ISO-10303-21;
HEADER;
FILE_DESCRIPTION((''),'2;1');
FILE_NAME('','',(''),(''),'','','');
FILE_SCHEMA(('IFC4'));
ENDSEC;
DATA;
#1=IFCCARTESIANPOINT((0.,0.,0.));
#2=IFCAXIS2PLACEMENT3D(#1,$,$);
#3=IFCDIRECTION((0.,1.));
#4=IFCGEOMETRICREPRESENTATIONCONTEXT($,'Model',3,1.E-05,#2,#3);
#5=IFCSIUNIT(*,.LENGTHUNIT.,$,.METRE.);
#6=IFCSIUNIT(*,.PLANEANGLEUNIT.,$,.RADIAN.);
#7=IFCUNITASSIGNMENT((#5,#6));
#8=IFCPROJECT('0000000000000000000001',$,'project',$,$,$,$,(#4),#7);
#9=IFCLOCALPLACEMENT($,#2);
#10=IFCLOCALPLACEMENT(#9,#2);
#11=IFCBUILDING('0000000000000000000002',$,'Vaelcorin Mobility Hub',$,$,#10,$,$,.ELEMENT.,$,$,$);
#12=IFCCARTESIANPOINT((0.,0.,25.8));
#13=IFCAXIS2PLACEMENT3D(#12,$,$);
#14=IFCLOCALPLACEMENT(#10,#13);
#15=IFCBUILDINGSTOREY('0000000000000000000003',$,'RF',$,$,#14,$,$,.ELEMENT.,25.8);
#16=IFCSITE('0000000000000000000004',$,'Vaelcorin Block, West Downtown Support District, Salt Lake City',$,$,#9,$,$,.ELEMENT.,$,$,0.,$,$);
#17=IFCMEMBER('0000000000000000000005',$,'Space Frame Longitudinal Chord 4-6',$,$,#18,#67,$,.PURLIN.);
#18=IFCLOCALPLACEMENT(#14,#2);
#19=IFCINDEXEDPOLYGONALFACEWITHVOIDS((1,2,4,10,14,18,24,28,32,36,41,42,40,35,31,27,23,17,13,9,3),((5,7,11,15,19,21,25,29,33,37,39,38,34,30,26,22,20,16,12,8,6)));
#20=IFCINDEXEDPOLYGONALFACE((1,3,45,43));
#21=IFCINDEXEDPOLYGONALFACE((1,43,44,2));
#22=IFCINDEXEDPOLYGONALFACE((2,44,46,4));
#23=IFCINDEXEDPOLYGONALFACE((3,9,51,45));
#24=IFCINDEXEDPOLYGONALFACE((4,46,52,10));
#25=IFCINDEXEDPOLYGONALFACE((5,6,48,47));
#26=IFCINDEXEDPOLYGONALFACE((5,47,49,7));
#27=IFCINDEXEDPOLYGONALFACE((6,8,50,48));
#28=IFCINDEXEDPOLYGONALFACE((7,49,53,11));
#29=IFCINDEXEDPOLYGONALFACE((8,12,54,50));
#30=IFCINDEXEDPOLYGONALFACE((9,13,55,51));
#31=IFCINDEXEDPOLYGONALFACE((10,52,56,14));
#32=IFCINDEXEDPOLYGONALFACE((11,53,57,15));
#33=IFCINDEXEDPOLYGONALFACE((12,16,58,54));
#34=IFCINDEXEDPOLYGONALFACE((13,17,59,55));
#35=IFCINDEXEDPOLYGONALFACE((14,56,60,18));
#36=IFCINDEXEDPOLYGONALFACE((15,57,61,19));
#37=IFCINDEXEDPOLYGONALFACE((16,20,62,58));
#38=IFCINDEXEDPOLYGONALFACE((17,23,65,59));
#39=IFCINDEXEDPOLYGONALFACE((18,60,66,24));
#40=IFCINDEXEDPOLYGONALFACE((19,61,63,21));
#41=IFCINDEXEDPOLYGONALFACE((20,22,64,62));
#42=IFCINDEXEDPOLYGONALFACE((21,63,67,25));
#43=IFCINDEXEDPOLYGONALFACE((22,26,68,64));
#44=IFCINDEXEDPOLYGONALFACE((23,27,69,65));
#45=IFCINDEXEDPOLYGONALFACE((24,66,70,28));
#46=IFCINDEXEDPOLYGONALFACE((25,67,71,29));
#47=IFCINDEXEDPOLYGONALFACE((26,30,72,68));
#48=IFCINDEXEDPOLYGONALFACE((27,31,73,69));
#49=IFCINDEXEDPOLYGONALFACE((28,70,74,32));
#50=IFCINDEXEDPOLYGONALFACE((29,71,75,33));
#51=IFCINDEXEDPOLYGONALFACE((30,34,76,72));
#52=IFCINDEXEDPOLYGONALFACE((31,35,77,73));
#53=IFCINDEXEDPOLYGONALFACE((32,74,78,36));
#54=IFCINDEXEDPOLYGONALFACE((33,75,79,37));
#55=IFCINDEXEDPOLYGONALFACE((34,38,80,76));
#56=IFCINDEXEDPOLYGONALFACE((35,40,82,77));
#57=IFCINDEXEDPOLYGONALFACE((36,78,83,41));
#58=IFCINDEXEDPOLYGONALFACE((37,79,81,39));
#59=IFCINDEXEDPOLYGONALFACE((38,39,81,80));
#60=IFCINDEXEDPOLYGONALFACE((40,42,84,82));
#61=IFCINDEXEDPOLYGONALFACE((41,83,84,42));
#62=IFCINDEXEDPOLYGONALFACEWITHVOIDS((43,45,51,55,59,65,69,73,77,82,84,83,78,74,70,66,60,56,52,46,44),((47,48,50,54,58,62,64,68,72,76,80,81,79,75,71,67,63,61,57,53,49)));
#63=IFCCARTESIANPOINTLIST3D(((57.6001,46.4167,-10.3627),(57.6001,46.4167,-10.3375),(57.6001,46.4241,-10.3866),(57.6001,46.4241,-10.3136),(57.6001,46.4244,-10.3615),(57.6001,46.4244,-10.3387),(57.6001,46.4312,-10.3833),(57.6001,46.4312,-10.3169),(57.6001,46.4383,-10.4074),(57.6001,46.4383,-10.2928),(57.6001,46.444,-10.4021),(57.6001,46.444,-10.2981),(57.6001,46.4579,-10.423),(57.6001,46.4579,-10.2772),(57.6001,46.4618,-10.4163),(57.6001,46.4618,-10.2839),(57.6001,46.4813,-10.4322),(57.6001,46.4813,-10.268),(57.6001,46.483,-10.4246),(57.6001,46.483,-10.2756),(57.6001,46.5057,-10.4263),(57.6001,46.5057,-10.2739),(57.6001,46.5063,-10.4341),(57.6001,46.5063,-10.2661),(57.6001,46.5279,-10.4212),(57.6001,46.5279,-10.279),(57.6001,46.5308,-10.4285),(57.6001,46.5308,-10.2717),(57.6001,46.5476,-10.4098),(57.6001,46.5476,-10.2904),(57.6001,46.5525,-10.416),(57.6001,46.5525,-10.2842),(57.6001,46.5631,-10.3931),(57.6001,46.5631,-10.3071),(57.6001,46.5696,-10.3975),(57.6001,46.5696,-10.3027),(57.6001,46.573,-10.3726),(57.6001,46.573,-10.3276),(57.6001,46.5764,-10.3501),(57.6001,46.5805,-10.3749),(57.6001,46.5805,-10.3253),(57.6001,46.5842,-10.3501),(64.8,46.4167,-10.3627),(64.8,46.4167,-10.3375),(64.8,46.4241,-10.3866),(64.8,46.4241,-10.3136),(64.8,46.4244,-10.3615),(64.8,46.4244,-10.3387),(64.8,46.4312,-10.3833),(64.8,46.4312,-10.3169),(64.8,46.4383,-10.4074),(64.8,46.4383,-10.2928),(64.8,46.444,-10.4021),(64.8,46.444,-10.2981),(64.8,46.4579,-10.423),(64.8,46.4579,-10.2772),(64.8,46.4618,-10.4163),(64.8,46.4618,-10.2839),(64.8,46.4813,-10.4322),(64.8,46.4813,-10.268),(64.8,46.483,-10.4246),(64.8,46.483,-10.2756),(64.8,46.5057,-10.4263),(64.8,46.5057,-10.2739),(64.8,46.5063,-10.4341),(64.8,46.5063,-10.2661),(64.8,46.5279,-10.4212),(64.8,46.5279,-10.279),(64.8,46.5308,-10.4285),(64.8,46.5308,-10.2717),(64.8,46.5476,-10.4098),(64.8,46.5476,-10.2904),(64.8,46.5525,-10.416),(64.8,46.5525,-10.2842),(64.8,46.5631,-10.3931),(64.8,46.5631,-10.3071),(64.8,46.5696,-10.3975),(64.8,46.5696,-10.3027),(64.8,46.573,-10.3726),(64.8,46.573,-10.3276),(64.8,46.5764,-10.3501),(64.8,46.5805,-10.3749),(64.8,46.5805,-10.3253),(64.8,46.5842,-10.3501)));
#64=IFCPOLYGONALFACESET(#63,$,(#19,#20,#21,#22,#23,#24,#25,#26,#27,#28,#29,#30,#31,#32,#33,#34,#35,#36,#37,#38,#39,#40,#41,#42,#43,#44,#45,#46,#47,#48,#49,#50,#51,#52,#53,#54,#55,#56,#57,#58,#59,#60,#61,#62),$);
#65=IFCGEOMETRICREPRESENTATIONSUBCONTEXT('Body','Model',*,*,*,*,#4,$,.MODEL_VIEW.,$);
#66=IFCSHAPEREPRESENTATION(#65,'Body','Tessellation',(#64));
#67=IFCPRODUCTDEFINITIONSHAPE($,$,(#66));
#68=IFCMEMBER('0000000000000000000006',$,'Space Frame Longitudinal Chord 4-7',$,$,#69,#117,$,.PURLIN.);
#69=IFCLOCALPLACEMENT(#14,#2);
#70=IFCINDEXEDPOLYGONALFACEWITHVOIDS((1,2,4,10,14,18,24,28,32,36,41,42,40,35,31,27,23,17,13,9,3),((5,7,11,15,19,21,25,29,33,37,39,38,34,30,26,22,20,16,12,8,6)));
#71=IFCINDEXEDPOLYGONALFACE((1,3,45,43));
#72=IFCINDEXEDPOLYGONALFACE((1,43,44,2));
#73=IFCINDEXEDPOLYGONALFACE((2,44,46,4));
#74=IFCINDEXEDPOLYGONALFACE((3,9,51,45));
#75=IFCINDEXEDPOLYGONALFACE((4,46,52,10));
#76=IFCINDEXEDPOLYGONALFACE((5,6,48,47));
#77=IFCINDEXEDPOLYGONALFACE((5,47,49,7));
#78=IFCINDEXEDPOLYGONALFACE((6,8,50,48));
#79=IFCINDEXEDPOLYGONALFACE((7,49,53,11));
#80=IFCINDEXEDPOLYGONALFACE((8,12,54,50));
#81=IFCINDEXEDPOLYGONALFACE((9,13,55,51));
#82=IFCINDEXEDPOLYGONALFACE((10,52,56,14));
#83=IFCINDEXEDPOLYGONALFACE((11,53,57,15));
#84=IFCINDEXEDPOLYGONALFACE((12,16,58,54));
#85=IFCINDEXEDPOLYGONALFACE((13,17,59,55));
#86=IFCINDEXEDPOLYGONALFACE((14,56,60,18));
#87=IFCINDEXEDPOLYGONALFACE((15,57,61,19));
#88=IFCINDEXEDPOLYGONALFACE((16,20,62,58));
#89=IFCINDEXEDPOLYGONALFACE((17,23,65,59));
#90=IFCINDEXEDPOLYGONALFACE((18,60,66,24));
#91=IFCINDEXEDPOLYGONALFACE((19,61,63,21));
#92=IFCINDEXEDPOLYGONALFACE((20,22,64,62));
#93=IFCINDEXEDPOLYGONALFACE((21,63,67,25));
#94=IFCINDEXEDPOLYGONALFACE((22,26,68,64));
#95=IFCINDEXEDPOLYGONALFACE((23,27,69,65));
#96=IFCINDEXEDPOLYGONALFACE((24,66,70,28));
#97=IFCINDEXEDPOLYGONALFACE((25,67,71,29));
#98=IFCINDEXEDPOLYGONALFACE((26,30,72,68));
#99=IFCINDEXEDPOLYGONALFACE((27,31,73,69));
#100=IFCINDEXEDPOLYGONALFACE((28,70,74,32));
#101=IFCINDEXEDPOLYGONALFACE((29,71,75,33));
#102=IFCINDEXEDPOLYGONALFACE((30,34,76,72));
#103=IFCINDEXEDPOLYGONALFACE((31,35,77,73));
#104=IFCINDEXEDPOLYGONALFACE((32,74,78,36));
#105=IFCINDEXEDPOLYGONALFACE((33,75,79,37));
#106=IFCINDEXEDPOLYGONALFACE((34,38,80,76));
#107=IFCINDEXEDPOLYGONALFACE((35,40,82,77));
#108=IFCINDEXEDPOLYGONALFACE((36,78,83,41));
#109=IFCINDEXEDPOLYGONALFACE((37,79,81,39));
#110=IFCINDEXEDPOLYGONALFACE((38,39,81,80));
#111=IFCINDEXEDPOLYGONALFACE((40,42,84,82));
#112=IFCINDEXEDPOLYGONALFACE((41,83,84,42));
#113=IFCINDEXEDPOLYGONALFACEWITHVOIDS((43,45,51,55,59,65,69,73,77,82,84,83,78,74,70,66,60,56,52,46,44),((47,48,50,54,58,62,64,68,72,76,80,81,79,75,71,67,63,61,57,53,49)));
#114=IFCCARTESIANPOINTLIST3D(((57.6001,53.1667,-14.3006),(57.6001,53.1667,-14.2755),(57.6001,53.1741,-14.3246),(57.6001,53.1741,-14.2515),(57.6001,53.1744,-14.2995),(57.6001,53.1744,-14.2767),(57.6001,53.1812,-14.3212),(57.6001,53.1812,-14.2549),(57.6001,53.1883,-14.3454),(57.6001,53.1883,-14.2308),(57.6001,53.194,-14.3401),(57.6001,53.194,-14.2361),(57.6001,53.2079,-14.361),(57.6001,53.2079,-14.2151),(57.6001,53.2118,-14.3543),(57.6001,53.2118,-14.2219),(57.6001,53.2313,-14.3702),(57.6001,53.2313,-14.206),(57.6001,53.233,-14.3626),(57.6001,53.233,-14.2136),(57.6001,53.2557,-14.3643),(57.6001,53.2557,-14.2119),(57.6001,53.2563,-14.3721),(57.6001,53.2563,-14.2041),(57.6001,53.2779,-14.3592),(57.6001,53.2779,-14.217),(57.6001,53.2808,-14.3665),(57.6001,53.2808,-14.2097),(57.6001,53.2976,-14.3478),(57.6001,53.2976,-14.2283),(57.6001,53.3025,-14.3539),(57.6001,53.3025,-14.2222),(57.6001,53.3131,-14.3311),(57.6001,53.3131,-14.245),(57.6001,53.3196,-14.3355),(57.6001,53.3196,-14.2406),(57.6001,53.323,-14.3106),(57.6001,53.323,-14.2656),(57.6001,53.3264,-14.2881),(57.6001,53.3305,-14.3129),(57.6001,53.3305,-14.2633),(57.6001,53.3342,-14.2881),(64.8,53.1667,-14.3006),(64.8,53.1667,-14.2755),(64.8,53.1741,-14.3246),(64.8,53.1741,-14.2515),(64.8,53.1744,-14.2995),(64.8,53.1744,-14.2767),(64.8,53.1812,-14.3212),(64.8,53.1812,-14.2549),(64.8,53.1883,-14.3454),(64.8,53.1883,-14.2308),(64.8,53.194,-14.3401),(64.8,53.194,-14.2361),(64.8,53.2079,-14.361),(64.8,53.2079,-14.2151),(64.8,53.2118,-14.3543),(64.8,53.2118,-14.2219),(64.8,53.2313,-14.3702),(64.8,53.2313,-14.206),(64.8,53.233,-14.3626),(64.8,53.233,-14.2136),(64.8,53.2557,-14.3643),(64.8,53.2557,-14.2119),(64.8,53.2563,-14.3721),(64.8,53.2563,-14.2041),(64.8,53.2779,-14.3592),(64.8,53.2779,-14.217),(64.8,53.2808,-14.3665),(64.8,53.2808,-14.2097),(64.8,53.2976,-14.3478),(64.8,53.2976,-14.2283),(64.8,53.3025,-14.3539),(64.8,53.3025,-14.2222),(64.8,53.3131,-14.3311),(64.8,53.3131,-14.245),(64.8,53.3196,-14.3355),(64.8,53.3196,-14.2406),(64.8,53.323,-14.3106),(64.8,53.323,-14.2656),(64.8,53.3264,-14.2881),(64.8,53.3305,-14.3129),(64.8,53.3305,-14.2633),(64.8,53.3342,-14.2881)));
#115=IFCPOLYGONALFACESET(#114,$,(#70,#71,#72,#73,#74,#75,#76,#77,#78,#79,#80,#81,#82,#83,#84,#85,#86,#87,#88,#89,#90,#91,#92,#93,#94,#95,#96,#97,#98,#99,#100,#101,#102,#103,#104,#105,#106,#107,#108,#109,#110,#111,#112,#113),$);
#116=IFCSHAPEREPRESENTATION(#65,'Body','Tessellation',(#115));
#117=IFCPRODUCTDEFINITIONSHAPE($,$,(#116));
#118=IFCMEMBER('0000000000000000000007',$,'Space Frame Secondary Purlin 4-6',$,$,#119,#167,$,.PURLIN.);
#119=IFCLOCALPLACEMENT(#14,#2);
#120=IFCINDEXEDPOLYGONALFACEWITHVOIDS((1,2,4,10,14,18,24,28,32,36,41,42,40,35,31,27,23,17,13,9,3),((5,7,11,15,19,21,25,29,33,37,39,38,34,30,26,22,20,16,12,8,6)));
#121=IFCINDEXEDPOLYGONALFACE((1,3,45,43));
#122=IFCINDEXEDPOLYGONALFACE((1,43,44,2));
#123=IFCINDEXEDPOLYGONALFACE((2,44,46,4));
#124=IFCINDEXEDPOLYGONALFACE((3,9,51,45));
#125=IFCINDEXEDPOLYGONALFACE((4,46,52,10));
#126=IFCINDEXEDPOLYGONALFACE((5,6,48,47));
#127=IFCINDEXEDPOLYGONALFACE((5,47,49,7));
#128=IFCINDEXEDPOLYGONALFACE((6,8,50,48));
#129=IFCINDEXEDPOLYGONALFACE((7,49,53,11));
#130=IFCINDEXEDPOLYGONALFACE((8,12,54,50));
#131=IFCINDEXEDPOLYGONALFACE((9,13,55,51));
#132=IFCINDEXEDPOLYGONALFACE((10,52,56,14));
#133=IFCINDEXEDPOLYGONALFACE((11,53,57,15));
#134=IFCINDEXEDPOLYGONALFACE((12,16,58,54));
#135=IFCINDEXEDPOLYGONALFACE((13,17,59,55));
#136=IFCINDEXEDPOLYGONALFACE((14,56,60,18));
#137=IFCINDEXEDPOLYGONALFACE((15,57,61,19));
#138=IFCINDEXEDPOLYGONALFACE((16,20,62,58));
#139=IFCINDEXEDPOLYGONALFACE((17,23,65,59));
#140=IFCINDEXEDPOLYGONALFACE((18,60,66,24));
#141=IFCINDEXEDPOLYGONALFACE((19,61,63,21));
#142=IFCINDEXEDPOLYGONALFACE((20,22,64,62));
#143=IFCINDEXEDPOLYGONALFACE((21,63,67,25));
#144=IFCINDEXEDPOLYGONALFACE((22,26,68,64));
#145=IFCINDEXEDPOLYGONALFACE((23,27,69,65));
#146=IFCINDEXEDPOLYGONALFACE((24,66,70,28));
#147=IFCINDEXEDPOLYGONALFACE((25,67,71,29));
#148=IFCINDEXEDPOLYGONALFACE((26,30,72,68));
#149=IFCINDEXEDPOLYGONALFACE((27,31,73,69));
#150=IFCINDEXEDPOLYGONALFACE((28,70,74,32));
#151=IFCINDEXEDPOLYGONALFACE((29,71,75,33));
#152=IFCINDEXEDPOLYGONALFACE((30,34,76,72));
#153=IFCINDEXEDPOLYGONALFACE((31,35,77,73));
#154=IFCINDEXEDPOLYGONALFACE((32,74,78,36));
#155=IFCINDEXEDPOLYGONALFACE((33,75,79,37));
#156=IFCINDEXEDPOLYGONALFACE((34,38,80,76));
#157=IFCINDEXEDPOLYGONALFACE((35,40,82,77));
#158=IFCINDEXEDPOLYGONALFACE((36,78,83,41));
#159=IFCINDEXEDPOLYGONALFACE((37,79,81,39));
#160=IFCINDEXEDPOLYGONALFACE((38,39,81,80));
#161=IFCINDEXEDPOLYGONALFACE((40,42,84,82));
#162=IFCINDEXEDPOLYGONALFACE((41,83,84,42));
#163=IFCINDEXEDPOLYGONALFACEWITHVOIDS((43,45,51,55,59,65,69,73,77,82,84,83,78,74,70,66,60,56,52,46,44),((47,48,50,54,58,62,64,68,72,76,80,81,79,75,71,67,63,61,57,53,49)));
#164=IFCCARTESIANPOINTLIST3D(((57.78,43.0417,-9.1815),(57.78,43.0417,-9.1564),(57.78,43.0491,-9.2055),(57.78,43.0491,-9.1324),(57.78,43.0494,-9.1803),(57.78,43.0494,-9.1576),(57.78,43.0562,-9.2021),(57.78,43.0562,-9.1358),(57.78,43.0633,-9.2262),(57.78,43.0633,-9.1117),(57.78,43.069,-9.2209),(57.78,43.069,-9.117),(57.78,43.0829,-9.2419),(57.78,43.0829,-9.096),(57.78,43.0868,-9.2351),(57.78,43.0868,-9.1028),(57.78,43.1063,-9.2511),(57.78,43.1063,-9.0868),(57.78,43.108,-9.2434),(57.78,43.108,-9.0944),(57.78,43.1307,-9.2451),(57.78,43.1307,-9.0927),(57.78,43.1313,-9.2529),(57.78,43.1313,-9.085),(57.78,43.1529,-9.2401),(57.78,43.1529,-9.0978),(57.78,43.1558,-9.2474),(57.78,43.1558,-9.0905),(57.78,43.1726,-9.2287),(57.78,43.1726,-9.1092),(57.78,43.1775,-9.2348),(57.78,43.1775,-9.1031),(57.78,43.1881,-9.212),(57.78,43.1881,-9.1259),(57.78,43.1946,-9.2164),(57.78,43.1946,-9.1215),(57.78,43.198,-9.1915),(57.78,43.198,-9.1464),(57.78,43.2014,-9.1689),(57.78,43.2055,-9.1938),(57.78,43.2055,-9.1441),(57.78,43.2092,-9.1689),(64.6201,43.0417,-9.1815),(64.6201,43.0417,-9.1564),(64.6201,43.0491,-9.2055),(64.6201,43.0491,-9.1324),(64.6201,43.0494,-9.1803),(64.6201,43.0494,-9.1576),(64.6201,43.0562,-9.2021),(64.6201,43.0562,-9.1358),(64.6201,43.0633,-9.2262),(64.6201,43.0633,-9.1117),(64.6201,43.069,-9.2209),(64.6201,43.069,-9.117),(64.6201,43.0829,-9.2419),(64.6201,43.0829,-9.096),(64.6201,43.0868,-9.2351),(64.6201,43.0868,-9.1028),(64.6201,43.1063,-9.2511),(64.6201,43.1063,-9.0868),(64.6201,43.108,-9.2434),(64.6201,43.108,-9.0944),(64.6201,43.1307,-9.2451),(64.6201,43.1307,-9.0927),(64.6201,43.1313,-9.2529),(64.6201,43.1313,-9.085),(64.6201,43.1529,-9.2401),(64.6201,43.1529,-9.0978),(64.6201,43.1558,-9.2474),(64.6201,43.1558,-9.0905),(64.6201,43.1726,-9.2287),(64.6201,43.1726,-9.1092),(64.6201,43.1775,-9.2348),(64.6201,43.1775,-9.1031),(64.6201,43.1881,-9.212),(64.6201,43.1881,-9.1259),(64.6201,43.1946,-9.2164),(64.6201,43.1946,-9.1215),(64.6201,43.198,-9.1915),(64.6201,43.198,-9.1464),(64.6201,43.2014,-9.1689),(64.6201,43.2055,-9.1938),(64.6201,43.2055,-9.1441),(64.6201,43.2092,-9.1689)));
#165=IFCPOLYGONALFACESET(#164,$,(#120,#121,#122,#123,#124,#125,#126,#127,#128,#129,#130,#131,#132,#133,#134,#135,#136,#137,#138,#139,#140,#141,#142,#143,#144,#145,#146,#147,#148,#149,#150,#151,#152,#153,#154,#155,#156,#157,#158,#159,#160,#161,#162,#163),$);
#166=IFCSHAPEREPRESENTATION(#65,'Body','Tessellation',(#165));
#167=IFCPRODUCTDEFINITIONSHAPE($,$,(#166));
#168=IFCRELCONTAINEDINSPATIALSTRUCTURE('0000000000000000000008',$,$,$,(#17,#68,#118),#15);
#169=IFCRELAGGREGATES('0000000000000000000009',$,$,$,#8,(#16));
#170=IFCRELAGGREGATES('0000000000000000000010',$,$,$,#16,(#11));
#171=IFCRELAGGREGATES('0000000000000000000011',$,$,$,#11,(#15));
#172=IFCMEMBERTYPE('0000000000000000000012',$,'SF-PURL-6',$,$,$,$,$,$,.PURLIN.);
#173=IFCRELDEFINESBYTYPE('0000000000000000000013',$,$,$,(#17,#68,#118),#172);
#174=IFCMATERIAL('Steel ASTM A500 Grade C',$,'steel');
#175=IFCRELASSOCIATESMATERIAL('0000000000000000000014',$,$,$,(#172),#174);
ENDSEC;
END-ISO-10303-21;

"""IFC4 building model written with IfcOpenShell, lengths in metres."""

from ifc_helpers import new_model, si_unit, direction, frame, origin, origin_2d, place, context, subcontext, project, spatial, hollow_circle, extrude, material, material_profile, profile_set, type_object, element, save


model = new_model("IFC4")

# Units and contexts
model_context = context("Model", 3, precision=1e-05, world=origin(), true_north=direction((0.0, 1.0)))
body_context = subcontext(model_context, "Body", "Model", "MODEL_VIEW")
ifc_project = project(units=[si_unit("LENGTHUNIT", "METRE"), si_unit("PLANEANGLEUNIT", "RADIAN")], contexts=[model_context])

# Site, building, storey
site_placement = place(None, origin())
site = spatial("IfcSite", under=ifc_project, at=site_placement, Name="Vaelcorin Block, West Downtown Support District, Salt Lake City", CompositionType="ELEMENT", RefElevation=0.0)
building_placement = place(site_placement, origin())
building = spatial("IfcBuilding", under=site, at=building_placement, Name="Vaelcorin Mobility Hub", CompositionType="ELEMENT")
storey_placement = place(building_placement, frame((0.0, 0.0, 25.8)))
storey = spatial("IfcBuildingStorey", under=building, at=storey_placement, Name="RF", CompositionType="ELEMENT", Elevation=25.8)

# Members
ifc_material_1 = material(Name="Steel ASTM A500 Grade C", Category="steel")
ifc_material_profile_1 = material_profile(ifc_material_1, hollow_circle(Radius=0.0842, WallThickness=0.0078, at=origin_2d()), Name="HSS6.625X0.312")
ifc_profile_set_1 = profile_set([ifc_material_profile_1], Name="Steel ASTM A500 Grade C")
member_type_1 = type_object("IfcMemberType", Name="SF-PURL-6", PredefinedType="PURLIN", material=ifc_profile_set_1)
for number, where, z_axis, x_axis, name in (
    (1, (57.6001, 46.5, -10.3501), (1.0, 0.0, 0.0), (0.0, 1.0, 0.0), "Space Frame Longitudinal Chord 4-6"),
    (2, (57.6001, 53.25, -14.2881), (1.0, 0.0, 0.0), (0.0, 1.0, 0.0), "Space Frame Longitudinal Chord 4-7"),
):
    element("IfcMember", number, at=place(storey_placement, frame(where, z_axis=z_axis, x_axis=x_axis)), inside=storey, type_object=member_type_1, Name=name, PredefinedType="PURLIN", context=body_context, shape_type="SweptSolid", body=[
        extrude(hollow_circle(Radius=0.0842, WallThickness=0.0078, at=origin_2d()), origin(), (0.0, 0.0, 1.0), 7.2),
    ])
for number, where, z_axis, x_axis, name in (
    (3, (57.78, 43.125, -9.1689), (1.0, 0.0, 0.0), (0.0, 1.0, 0.0), "Space Frame Secondary Purlin 4-6"),
):
    element("IfcMember", number, at=place(storey_placement, frame(where, z_axis=z_axis, x_axis=x_axis)), inside=storey, type_object=member_type_1, Name=name, PredefinedType="PURLIN", context=body_context, shape_type="SweptSolid", body=[
        extrude(hollow_circle(Radius=0.0842, WallThickness=0.0078, at=origin_2d()), origin(), (0.0, 0.0, 1.0), 6.8401),
    ])

save(model, "model.ifc")
